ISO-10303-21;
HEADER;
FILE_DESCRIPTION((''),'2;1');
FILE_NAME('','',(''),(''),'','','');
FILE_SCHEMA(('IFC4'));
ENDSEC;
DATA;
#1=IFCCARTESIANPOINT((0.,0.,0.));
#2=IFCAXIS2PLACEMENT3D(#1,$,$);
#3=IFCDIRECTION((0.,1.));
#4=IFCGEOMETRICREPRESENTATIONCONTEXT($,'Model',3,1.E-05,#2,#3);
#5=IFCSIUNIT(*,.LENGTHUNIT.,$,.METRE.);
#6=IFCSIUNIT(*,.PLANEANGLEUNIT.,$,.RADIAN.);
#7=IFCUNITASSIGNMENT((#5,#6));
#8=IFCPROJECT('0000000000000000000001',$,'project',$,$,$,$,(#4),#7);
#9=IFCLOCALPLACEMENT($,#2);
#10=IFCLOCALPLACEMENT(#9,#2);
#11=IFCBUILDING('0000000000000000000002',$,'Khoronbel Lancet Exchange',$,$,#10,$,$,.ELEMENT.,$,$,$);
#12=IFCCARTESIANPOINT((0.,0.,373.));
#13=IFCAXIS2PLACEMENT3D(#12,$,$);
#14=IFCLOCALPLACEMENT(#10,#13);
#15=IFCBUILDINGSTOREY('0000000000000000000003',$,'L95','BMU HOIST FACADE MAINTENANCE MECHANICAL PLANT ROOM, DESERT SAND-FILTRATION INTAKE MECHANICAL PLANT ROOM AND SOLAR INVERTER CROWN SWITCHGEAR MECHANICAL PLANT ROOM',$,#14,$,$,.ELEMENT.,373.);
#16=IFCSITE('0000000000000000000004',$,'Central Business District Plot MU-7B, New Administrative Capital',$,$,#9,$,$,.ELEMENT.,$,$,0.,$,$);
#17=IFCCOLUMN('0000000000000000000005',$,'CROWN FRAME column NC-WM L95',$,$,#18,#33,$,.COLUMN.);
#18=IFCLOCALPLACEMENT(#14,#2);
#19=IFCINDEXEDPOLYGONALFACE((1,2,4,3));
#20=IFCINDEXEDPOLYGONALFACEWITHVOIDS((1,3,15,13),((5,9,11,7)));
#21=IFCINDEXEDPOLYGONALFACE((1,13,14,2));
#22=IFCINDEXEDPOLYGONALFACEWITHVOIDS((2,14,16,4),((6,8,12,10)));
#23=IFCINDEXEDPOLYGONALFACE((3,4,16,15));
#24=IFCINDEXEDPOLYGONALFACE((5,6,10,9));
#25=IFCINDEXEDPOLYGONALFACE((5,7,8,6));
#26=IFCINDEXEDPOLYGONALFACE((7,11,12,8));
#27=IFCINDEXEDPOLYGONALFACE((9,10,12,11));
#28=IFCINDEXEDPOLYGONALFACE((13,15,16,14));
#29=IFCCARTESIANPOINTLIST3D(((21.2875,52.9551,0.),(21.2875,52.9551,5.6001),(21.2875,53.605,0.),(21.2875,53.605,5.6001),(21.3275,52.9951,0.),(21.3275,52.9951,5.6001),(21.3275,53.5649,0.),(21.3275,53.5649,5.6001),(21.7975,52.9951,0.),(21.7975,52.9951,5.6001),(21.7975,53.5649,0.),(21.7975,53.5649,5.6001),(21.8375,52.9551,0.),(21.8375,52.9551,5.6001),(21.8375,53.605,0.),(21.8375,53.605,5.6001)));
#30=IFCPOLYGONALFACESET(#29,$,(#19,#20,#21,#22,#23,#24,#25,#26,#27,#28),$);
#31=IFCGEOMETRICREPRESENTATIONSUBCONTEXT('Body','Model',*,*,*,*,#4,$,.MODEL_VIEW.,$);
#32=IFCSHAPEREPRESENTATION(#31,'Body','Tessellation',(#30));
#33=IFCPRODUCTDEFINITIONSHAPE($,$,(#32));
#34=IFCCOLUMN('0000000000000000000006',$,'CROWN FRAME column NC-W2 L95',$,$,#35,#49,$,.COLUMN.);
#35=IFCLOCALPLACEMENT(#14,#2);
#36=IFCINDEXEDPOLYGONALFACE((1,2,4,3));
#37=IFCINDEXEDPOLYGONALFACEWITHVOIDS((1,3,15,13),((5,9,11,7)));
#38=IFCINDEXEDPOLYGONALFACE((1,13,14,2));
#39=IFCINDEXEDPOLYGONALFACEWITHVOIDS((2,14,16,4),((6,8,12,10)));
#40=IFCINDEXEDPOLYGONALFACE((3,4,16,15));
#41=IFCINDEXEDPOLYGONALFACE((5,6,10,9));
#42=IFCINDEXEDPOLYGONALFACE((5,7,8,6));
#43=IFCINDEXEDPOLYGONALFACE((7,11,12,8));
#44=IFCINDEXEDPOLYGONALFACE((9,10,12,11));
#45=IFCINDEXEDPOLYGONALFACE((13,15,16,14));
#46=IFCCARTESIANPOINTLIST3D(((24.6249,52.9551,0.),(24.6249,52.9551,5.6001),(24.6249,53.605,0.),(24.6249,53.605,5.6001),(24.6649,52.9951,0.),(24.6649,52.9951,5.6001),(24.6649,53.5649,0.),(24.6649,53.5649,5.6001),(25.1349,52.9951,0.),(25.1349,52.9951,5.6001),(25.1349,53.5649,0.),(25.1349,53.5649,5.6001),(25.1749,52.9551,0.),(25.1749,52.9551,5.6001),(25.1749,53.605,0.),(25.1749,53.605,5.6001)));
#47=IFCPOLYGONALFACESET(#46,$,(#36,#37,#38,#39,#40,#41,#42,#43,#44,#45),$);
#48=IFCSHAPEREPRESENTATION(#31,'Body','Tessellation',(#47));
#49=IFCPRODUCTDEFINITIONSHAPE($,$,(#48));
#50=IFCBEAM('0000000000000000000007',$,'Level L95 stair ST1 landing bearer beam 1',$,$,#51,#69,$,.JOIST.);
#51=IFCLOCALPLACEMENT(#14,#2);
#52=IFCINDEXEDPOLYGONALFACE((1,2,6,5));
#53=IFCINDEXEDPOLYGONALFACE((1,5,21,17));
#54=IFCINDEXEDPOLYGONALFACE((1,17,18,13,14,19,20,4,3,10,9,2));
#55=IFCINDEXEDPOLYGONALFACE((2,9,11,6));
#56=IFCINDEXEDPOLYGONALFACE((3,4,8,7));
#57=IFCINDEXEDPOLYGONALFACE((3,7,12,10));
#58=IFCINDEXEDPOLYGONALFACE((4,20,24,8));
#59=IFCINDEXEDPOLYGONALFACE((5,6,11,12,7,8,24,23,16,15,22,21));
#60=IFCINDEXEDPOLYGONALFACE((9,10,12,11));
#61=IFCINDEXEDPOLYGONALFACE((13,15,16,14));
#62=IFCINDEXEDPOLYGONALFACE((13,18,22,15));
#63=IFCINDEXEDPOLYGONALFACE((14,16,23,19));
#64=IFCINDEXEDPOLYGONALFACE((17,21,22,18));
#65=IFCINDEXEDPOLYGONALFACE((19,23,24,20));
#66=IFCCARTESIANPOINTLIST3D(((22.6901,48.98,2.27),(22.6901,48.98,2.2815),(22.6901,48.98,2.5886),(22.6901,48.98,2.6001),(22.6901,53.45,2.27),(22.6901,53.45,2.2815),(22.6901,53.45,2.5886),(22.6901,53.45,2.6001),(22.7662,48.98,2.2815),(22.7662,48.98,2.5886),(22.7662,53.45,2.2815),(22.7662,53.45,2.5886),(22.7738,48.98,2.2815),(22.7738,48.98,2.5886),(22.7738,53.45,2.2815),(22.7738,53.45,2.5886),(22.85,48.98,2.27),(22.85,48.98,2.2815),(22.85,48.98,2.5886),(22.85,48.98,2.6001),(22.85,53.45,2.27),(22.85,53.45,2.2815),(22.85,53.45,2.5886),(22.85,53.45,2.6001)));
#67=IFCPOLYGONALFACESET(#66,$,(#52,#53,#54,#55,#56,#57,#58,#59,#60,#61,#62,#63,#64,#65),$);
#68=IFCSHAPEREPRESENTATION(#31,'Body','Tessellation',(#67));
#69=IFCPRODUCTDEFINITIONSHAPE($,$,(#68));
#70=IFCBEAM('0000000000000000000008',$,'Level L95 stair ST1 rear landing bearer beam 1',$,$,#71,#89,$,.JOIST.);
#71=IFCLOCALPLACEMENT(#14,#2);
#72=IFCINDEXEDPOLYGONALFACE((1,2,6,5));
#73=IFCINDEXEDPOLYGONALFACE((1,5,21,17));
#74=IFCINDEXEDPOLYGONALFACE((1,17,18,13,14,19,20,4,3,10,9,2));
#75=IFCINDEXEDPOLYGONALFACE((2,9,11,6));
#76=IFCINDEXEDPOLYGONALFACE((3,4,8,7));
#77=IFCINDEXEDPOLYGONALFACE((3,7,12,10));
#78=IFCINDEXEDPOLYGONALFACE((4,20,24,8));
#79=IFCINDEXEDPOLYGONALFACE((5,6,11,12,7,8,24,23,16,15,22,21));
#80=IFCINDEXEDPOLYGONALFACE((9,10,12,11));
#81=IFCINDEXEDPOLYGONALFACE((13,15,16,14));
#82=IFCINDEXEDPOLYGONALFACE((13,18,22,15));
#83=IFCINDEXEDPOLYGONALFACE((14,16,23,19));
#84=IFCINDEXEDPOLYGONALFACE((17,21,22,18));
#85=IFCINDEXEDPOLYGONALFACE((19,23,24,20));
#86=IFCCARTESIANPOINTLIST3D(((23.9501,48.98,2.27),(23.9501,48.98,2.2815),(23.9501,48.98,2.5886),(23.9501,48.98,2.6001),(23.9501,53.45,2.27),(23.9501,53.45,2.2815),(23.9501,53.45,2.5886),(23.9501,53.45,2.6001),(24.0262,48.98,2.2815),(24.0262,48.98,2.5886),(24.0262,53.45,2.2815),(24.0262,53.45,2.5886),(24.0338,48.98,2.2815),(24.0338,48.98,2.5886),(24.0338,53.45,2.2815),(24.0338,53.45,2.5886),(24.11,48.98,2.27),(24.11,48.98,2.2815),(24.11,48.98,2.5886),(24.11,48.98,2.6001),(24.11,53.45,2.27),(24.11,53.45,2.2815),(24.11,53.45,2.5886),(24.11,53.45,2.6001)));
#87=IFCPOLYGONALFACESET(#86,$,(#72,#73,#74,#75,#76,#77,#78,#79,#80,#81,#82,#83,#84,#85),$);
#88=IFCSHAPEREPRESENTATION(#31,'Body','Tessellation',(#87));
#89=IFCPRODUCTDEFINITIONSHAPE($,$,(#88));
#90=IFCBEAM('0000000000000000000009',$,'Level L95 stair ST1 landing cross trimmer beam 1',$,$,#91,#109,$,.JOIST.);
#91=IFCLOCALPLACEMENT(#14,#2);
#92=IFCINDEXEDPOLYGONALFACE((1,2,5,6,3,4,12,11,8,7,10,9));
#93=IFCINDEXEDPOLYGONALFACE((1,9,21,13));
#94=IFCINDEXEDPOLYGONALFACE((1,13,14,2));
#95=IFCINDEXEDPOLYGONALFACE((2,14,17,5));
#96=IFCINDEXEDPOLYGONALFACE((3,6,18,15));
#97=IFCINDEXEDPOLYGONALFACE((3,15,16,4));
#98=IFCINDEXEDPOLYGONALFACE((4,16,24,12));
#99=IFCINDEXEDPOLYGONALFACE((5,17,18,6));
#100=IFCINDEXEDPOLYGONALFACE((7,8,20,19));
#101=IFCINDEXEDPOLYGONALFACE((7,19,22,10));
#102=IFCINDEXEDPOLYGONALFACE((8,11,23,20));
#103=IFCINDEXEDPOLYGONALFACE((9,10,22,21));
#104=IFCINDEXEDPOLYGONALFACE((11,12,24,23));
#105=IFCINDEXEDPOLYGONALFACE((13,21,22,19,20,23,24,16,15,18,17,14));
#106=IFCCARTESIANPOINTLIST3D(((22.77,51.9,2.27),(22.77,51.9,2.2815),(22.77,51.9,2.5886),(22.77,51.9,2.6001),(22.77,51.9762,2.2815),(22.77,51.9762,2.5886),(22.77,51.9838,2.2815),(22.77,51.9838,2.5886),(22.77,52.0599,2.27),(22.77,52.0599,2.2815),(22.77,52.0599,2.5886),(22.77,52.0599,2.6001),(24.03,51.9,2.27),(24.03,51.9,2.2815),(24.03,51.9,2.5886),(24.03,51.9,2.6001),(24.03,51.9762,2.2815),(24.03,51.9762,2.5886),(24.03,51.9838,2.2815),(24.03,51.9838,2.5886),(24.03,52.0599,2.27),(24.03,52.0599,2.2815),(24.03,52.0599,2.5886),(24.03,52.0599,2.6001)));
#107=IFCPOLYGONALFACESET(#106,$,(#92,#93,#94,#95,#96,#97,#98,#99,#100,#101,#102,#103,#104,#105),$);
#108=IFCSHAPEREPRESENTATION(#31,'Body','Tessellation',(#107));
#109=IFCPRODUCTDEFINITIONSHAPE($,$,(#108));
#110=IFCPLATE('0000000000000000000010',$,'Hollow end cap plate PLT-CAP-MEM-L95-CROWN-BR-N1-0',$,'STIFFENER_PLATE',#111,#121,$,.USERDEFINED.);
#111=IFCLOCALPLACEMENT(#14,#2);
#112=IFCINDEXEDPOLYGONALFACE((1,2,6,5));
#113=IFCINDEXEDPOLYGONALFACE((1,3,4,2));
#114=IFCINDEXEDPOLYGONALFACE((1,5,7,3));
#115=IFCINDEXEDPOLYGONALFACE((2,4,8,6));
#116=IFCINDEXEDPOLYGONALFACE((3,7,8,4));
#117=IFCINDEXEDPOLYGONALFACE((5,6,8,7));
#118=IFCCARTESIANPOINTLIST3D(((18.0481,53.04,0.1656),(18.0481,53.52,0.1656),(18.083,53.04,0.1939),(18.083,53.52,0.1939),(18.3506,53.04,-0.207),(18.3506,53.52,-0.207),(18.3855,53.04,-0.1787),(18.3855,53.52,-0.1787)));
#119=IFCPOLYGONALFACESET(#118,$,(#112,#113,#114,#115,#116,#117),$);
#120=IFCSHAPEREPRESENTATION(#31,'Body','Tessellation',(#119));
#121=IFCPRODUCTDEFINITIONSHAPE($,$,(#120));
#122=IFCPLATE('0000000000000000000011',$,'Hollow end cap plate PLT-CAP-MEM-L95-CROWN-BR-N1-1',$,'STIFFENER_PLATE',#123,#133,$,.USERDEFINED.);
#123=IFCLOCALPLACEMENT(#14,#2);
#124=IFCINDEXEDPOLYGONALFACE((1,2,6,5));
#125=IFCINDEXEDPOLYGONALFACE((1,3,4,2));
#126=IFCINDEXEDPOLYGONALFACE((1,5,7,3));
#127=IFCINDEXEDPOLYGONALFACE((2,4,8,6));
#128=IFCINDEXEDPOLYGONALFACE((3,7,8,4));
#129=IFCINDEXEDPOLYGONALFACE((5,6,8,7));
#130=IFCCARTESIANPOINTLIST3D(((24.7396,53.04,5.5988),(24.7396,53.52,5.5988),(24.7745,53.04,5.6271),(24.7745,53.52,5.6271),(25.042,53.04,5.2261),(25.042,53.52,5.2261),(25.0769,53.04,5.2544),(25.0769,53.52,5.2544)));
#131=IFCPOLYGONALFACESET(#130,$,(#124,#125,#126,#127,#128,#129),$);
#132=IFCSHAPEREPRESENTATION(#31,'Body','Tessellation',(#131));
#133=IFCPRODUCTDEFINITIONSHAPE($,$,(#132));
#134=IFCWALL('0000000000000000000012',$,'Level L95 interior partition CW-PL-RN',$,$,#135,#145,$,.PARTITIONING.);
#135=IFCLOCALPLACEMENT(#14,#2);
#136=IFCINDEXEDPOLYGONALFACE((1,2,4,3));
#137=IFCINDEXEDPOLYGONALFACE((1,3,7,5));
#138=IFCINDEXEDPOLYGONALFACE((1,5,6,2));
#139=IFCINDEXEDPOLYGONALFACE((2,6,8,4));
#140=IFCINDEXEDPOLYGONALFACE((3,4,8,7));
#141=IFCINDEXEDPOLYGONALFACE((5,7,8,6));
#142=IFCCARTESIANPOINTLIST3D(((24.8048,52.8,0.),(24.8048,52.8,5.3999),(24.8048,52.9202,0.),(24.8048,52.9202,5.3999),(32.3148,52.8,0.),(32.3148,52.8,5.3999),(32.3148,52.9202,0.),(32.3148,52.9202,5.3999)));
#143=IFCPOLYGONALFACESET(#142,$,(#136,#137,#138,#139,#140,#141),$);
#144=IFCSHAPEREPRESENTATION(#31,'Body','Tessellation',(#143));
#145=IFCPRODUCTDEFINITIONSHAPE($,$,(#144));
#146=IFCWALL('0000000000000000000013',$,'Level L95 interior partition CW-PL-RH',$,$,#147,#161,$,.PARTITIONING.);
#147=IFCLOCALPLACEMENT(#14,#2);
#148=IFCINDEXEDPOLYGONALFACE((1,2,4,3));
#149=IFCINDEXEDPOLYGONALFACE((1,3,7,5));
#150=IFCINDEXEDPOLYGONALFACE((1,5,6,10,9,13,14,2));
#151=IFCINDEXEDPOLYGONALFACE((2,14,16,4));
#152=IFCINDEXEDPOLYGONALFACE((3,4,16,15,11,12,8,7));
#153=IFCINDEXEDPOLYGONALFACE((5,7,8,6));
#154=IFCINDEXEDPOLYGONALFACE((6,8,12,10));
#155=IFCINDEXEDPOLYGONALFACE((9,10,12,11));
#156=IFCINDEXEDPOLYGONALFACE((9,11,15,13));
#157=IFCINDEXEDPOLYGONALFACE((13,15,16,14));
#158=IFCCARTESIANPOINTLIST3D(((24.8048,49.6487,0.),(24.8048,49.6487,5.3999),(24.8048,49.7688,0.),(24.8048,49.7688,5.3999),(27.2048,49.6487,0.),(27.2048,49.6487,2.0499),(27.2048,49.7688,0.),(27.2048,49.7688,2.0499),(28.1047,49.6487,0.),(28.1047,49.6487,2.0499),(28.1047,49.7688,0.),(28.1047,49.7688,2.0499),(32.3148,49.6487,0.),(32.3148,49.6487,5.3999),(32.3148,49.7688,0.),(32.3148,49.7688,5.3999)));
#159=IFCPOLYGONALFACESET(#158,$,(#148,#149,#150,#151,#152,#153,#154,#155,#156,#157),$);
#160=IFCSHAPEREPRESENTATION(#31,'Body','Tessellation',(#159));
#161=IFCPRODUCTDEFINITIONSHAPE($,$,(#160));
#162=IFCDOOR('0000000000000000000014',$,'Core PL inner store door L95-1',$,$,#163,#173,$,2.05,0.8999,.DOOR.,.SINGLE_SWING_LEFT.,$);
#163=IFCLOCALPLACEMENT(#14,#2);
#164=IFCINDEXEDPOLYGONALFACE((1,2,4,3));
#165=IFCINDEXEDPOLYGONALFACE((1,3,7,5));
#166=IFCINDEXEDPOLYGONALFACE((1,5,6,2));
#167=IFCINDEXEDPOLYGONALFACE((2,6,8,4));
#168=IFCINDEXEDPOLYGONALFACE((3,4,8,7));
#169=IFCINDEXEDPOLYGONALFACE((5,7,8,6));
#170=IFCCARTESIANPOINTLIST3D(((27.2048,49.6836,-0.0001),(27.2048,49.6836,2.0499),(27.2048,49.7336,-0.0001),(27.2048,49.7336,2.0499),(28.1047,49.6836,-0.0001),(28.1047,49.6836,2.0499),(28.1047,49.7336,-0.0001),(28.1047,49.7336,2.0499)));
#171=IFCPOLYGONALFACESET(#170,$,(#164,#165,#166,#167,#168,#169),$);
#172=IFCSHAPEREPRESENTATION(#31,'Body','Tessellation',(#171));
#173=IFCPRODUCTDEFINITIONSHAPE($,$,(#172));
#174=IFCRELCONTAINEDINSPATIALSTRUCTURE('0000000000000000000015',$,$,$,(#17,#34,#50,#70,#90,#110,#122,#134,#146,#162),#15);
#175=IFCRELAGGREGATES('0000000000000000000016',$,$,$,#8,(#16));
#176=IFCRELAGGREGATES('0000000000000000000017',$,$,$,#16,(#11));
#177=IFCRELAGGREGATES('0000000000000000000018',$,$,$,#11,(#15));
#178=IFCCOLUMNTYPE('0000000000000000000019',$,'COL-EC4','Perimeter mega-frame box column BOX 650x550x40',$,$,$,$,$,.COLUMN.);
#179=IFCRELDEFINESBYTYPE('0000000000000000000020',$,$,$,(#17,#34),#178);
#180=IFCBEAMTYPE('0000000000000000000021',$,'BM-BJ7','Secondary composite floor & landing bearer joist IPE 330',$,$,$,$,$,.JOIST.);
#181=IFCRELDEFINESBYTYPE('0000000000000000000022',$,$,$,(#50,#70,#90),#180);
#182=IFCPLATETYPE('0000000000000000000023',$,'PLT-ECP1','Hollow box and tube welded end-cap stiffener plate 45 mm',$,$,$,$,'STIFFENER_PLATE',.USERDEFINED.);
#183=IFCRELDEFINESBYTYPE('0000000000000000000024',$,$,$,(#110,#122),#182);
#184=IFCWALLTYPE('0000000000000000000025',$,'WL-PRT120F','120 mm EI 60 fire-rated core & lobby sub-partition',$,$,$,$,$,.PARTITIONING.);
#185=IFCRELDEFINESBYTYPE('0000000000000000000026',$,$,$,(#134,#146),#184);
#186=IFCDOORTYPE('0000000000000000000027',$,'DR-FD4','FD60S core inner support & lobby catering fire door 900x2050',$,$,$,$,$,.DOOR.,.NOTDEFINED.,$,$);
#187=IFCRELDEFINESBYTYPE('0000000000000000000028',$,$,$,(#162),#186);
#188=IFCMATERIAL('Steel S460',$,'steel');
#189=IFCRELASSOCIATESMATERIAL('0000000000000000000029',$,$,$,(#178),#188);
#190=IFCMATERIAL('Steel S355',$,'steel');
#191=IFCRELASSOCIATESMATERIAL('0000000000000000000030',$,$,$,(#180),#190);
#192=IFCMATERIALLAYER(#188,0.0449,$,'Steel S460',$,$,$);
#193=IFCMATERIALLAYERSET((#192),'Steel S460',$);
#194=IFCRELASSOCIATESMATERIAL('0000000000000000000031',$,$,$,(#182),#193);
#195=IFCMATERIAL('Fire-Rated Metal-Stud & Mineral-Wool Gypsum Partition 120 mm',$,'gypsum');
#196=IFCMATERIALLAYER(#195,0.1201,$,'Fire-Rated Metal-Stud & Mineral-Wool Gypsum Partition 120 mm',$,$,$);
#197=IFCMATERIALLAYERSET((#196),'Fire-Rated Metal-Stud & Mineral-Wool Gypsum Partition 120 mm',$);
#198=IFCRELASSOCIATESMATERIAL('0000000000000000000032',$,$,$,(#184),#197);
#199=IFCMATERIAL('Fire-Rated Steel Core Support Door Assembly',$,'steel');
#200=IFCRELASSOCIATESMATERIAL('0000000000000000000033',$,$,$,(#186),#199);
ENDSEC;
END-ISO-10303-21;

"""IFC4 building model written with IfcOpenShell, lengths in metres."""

from ifc_helpers import new_model, si_unit, direction, frame, frame_2d, origin, origin_2d, place, context, subcontext, project, spatial, polyline, rectangle, hollow_rectangle, i_section, outline, extrude, material, layer, layer_set, material_profile, profile_set, type_object, element, fill, save


model = new_model("IFC4")

# Units and contexts
model_context = context("Model", 3, precision=1e-05, world=origin(), true_north=direction((0.0, 1.0)))
body_context = subcontext(model_context, "Body", "Model", "MODEL_VIEW")
ifc_project = project(units=[si_unit("LENGTHUNIT", "METRE"), si_unit("PLANEANGLEUNIT", "RADIAN")], contexts=[model_context])

# Site, building, storey
site_placement = place(None, origin())
site = spatial("IfcSite", under=ifc_project, at=site_placement, Name="Central Business District Plot MU-7B, New Administrative Capital", CompositionType="ELEMENT", RefElevation=0.0)
building_placement = place(site_placement, origin())
building = spatial("IfcBuilding", under=site, at=building_placement, Name="Khoronbel Lancet Exchange", CompositionType="ELEMENT")
storey_placement = place(building_placement, frame((0.0, 0.0, 373.0)))
storey = spatial("IfcBuildingStorey", under=building, at=storey_placement, Name="L95", Description="BMU HOIST FACADE MAINTENANCE MECHANICAL PLANT ROOM, DESERT SAND-FILTRATION INTAKE MECHANICAL PLANT ROOM AND SOLAR INVERTER CROWN SWITCHGEAR MECHANICAL PLANT ROOM", CompositionType="ELEMENT", Elevation=373.0)

# Columns
ifc_material_1 = material(Name="Steel S460", Category="steel")
ifc_material_profile_1 = material_profile(ifc_material_1, hollow_rectangle(XDim=0.55, YDim=0.6499, WallThickness=0.04, at=origin_2d()), Name="BOX 650x550x40")
ifc_profile_set_1 = profile_set([ifc_material_profile_1], Name="Steel S460")
column_type = type_object("IfcColumnType", Name="COL-EC4", Description="Perimeter mega-frame box column BOX 650x550x40", PredefinedType="COLUMN", material=ifc_profile_set_1)
for number, where, z_axis, x_axis, name in (
    (1, (21.5625, 53.28, 0.0), (0.0, 0.0, 1.0), (1.0, 0.0, 0.0), "CROWN FRAME column NC-WM L95"),
    (2, (24.8999, 53.28, 0.0), (0.0, 0.0, 1.0), (1.0, 0.0, 0.0), "CROWN FRAME column NC-W2 L95"),
):
    element("IfcColumn", number, at=place(storey_placement, frame(where, z_axis=z_axis, x_axis=x_axis)), inside=storey, type_object=column_type, Name=name, PredefinedType="COLUMN", context=body_context, shape_type="SweptSolid", body=[
        extrude(hollow_rectangle(XDim=0.55, YDim=0.6499, WallThickness=0.04, at=origin_2d()), origin(), (0.0, 0.0, 1.0), 5.6001),
    ])

# Beams
ifc_material_2 = material(Name="Steel S355", Category="steel")
ifc_material_profile_2 = material_profile(ifc_material_2, i_section(OverallWidth=0.1599, OverallDepth=0.3301, WebThickness=0.0076, FlangeThickness=0.0115, at=origin_2d()), Name="IPE 330")
ifc_profile_set_2 = profile_set([ifc_material_profile_2], Name="Steel S355")
beam_type = type_object("IfcBeamType", Name="BM-BJ7", Description="Secondary composite floor & landing bearer joist IPE 330", PredefinedType="JOIST", material=ifc_profile_set_2)
for number, where, z_axis, x_axis, name in (
    (3, (22.77, 48.98, 2.4351), (0.0, 1.0, 0.0), (-1.0, 0.0, 0.0), "Level L95 stair ST1 landing bearer beam 1"),
    (4, (24.03, 48.98, 2.4351), (0.0, 1.0, 0.0), (-1.0, 0.0, 0.0), "Level L95 stair ST1 rear landing bearer beam 1"),
):
    element("IfcBeam", number, at=place(storey_placement, frame(where, z_axis=z_axis, x_axis=x_axis)), inside=storey, type_object=beam_type, Name=name, PredefinedType="JOIST", context=body_context, shape_type="SweptSolid", body=[
        extrude(i_section(OverallWidth=0.1599, OverallDepth=0.3301, WebThickness=0.0076, FlangeThickness=0.0115, at=origin_2d()), origin(), (0.0, 0.0, 1.0), 4.47),
    ])
beam_placement = place(storey_placement, frame((22.77, 51.98, 2.4351), z_axis=(1.0, 0.0, 0.0), x_axis=(0.0, 1.0, 0.0)))
element("IfcBeam", 5, at=beam_placement, inside=storey, type_object=beam_type, Name="Level L95 stair ST1 landing cross trimmer beam 1", PredefinedType="JOIST", context=body_context, shape_type="SweptSolid", body=[
    extrude(i_section(OverallWidth=0.1599, OverallDepth=0.3301, WebThickness=0.0076, FlangeThickness=0.0115, at=origin_2d()), origin(), (0.0, 0.0, 1.0), 1.26),
])

# Plates
ifc_layer_1 = layer(ifc_material_1, 0.0449, Name="Steel S460")
ifc_layer_set_1 = layer_set([ifc_layer_1], Name="Steel S460")
plate_type = type_object("IfcPlateType", Name="PLT-ECP1", Description="Hollow box and tube welded end-cap stiffener plate 45 mm", ElementType="STIFFENER_PLATE", PredefinedType="USERDEFINED", material=ifc_layer_set_1)
for number, where, z_axis, x_axis, name in (
    (6, (18.3855, 53.04, -0.1787), (0.776332, 0.0, 0.630324), (0.0, 1.0, 0.0), "Hollow end cap plate PLT-CAP-MEM-L95-CROWN-BR-N1-0"),
    (7, (25.0769, 53.04, 5.2544), (0.776534, 0.0, 0.630076), (0.0, 1.0, 0.0), "Hollow end cap plate PLT-CAP-MEM-L95-CROWN-BR-N1-1"),
):
    element("IfcPlate", number, at=place(storey_placement, frame(where, z_axis=z_axis, x_axis=x_axis)), inside=storey, type_object=plate_type, Name=name, ObjectType="STIFFENER_PLATE", PredefinedType="USERDEFINED", context=body_context, shape_type="SweptSolid", body=[
        extrude(outline(polyline([(0.0, 0.0), (0.48, 0.0), (0.48, 0.48), (0.0, 0.48), (0.0, 0.0)])), origin(), (0.0, 0.0, -1.0), 0.0449),
    ])

# Wall
ifc_material_3 = material(Name="Fire-Rated Metal-Stud & Mineral-Wool Gypsum Partition 120 mm", Category="gypsum")
ifc_layer_2 = layer(ifc_material_3, 0.1201, Name="Fire-Rated Metal-Stud & Mineral-Wool Gypsum Partition 120 mm")
ifc_layer_set_2 = layer_set([ifc_layer_2], Name="Fire-Rated Metal-Stud & Mineral-Wool Gypsum Partition 120 mm")
wall_type = type_object("IfcWallType", Name="WL-PRT120F", Description="120 mm EI 60 fire-rated core & lobby sub-partition", PredefinedType="PARTITIONING", material=ifc_layer_set_2)
wall_1_placement = place(storey_placement, frame((24.8049, 52.8601, 0.0), z_axis=(0.0, 0.0, 1.0), x_axis=(1.0, 0.0, 0.0)))
element("IfcWall", 8, at=wall_1_placement, inside=storey, type_object=wall_type, Name="Level L95 interior partition CW-PL-RN", PredefinedType="PARTITIONING", context=body_context, shape_type="SweptSolid", body=[
    extrude(rectangle(XDim=7.51, YDim=0.1201, at=frame_2d((3.7549, 0.0))), origin(), (0.0, 0.0, 1.0), 5.3999),
])

# Wall, opening, door
wall_2_placement = place(storey_placement, frame((24.8049, 49.7087, 0.0), z_axis=(0.0, 0.0, 1.0), x_axis=(1.0, 0.0, 0.0)))
wall_2 = element("IfcWall", 9, at=wall_2_placement, inside=storey, type_object=wall_type, Name="Level L95 interior partition CW-PL-RH", PredefinedType="PARTITIONING", context=body_context, shape_type="SweptSolid", body=[
    extrude(rectangle(XDim=7.51, YDim=0.1201, at=frame_2d((3.7549, 0.0))), origin(), (0.0, 0.0, 1.0), 5.3999),
])
opening_placement = place(wall_2_placement, frame((2.3999, 0.0, 0.0)))
opening = element("IfcOpeningElement", 10, at=opening_placement, cuts=wall_2, PredefinedType="OPENING", context=body_context, shape_type="SweptSolid", body=[
    extrude(rectangle(XDim=0.8999, YDim=2.05, at=frame_2d((0.45, 1.0249))), frame((0.0, 0.0701, 0.0), z_axis=(0.0, -1.0, 0.0), x_axis=(1.0, 0.0, 0.0)), (0.0, 0.0, 1.0), 0.1401),
])
ifc_material_4 = material(Name="Fire-Rated Steel Core Support Door Assembly", Category="steel")
door_type = type_object("IfcDoorType", Name="DR-FD4", Description="FD60S core inner support & lobby catering fire door 900x2050", OperationType="NOTDEFINED", PredefinedType="DOOR", material=ifc_material_4)
door_placement = place(opening_placement, origin())
door = element("IfcDoor", 11, at=door_placement, inside=storey, type_object=door_type, Name="Core PL inner store door L95-1", OperationType="SINGLE_SWING_LEFT", OverallHeight=2.05, OverallWidth=0.8999, PredefinedType="DOOR", context=body_context, shape_type="SweptSolid", body=[
    extrude(rectangle(XDim=0.8999, YDim=2.05, at=frame_2d((0.45, 1.0249))), frame((0.0, 0.0249, 0.0), z_axis=(0.0, -1.0, 0.0), x_axis=(1.0, 0.0, 0.0)), (0.0, 0.0, 1.0), 0.05),
])
fill(opening, door)

save(model, "model.ifc")
